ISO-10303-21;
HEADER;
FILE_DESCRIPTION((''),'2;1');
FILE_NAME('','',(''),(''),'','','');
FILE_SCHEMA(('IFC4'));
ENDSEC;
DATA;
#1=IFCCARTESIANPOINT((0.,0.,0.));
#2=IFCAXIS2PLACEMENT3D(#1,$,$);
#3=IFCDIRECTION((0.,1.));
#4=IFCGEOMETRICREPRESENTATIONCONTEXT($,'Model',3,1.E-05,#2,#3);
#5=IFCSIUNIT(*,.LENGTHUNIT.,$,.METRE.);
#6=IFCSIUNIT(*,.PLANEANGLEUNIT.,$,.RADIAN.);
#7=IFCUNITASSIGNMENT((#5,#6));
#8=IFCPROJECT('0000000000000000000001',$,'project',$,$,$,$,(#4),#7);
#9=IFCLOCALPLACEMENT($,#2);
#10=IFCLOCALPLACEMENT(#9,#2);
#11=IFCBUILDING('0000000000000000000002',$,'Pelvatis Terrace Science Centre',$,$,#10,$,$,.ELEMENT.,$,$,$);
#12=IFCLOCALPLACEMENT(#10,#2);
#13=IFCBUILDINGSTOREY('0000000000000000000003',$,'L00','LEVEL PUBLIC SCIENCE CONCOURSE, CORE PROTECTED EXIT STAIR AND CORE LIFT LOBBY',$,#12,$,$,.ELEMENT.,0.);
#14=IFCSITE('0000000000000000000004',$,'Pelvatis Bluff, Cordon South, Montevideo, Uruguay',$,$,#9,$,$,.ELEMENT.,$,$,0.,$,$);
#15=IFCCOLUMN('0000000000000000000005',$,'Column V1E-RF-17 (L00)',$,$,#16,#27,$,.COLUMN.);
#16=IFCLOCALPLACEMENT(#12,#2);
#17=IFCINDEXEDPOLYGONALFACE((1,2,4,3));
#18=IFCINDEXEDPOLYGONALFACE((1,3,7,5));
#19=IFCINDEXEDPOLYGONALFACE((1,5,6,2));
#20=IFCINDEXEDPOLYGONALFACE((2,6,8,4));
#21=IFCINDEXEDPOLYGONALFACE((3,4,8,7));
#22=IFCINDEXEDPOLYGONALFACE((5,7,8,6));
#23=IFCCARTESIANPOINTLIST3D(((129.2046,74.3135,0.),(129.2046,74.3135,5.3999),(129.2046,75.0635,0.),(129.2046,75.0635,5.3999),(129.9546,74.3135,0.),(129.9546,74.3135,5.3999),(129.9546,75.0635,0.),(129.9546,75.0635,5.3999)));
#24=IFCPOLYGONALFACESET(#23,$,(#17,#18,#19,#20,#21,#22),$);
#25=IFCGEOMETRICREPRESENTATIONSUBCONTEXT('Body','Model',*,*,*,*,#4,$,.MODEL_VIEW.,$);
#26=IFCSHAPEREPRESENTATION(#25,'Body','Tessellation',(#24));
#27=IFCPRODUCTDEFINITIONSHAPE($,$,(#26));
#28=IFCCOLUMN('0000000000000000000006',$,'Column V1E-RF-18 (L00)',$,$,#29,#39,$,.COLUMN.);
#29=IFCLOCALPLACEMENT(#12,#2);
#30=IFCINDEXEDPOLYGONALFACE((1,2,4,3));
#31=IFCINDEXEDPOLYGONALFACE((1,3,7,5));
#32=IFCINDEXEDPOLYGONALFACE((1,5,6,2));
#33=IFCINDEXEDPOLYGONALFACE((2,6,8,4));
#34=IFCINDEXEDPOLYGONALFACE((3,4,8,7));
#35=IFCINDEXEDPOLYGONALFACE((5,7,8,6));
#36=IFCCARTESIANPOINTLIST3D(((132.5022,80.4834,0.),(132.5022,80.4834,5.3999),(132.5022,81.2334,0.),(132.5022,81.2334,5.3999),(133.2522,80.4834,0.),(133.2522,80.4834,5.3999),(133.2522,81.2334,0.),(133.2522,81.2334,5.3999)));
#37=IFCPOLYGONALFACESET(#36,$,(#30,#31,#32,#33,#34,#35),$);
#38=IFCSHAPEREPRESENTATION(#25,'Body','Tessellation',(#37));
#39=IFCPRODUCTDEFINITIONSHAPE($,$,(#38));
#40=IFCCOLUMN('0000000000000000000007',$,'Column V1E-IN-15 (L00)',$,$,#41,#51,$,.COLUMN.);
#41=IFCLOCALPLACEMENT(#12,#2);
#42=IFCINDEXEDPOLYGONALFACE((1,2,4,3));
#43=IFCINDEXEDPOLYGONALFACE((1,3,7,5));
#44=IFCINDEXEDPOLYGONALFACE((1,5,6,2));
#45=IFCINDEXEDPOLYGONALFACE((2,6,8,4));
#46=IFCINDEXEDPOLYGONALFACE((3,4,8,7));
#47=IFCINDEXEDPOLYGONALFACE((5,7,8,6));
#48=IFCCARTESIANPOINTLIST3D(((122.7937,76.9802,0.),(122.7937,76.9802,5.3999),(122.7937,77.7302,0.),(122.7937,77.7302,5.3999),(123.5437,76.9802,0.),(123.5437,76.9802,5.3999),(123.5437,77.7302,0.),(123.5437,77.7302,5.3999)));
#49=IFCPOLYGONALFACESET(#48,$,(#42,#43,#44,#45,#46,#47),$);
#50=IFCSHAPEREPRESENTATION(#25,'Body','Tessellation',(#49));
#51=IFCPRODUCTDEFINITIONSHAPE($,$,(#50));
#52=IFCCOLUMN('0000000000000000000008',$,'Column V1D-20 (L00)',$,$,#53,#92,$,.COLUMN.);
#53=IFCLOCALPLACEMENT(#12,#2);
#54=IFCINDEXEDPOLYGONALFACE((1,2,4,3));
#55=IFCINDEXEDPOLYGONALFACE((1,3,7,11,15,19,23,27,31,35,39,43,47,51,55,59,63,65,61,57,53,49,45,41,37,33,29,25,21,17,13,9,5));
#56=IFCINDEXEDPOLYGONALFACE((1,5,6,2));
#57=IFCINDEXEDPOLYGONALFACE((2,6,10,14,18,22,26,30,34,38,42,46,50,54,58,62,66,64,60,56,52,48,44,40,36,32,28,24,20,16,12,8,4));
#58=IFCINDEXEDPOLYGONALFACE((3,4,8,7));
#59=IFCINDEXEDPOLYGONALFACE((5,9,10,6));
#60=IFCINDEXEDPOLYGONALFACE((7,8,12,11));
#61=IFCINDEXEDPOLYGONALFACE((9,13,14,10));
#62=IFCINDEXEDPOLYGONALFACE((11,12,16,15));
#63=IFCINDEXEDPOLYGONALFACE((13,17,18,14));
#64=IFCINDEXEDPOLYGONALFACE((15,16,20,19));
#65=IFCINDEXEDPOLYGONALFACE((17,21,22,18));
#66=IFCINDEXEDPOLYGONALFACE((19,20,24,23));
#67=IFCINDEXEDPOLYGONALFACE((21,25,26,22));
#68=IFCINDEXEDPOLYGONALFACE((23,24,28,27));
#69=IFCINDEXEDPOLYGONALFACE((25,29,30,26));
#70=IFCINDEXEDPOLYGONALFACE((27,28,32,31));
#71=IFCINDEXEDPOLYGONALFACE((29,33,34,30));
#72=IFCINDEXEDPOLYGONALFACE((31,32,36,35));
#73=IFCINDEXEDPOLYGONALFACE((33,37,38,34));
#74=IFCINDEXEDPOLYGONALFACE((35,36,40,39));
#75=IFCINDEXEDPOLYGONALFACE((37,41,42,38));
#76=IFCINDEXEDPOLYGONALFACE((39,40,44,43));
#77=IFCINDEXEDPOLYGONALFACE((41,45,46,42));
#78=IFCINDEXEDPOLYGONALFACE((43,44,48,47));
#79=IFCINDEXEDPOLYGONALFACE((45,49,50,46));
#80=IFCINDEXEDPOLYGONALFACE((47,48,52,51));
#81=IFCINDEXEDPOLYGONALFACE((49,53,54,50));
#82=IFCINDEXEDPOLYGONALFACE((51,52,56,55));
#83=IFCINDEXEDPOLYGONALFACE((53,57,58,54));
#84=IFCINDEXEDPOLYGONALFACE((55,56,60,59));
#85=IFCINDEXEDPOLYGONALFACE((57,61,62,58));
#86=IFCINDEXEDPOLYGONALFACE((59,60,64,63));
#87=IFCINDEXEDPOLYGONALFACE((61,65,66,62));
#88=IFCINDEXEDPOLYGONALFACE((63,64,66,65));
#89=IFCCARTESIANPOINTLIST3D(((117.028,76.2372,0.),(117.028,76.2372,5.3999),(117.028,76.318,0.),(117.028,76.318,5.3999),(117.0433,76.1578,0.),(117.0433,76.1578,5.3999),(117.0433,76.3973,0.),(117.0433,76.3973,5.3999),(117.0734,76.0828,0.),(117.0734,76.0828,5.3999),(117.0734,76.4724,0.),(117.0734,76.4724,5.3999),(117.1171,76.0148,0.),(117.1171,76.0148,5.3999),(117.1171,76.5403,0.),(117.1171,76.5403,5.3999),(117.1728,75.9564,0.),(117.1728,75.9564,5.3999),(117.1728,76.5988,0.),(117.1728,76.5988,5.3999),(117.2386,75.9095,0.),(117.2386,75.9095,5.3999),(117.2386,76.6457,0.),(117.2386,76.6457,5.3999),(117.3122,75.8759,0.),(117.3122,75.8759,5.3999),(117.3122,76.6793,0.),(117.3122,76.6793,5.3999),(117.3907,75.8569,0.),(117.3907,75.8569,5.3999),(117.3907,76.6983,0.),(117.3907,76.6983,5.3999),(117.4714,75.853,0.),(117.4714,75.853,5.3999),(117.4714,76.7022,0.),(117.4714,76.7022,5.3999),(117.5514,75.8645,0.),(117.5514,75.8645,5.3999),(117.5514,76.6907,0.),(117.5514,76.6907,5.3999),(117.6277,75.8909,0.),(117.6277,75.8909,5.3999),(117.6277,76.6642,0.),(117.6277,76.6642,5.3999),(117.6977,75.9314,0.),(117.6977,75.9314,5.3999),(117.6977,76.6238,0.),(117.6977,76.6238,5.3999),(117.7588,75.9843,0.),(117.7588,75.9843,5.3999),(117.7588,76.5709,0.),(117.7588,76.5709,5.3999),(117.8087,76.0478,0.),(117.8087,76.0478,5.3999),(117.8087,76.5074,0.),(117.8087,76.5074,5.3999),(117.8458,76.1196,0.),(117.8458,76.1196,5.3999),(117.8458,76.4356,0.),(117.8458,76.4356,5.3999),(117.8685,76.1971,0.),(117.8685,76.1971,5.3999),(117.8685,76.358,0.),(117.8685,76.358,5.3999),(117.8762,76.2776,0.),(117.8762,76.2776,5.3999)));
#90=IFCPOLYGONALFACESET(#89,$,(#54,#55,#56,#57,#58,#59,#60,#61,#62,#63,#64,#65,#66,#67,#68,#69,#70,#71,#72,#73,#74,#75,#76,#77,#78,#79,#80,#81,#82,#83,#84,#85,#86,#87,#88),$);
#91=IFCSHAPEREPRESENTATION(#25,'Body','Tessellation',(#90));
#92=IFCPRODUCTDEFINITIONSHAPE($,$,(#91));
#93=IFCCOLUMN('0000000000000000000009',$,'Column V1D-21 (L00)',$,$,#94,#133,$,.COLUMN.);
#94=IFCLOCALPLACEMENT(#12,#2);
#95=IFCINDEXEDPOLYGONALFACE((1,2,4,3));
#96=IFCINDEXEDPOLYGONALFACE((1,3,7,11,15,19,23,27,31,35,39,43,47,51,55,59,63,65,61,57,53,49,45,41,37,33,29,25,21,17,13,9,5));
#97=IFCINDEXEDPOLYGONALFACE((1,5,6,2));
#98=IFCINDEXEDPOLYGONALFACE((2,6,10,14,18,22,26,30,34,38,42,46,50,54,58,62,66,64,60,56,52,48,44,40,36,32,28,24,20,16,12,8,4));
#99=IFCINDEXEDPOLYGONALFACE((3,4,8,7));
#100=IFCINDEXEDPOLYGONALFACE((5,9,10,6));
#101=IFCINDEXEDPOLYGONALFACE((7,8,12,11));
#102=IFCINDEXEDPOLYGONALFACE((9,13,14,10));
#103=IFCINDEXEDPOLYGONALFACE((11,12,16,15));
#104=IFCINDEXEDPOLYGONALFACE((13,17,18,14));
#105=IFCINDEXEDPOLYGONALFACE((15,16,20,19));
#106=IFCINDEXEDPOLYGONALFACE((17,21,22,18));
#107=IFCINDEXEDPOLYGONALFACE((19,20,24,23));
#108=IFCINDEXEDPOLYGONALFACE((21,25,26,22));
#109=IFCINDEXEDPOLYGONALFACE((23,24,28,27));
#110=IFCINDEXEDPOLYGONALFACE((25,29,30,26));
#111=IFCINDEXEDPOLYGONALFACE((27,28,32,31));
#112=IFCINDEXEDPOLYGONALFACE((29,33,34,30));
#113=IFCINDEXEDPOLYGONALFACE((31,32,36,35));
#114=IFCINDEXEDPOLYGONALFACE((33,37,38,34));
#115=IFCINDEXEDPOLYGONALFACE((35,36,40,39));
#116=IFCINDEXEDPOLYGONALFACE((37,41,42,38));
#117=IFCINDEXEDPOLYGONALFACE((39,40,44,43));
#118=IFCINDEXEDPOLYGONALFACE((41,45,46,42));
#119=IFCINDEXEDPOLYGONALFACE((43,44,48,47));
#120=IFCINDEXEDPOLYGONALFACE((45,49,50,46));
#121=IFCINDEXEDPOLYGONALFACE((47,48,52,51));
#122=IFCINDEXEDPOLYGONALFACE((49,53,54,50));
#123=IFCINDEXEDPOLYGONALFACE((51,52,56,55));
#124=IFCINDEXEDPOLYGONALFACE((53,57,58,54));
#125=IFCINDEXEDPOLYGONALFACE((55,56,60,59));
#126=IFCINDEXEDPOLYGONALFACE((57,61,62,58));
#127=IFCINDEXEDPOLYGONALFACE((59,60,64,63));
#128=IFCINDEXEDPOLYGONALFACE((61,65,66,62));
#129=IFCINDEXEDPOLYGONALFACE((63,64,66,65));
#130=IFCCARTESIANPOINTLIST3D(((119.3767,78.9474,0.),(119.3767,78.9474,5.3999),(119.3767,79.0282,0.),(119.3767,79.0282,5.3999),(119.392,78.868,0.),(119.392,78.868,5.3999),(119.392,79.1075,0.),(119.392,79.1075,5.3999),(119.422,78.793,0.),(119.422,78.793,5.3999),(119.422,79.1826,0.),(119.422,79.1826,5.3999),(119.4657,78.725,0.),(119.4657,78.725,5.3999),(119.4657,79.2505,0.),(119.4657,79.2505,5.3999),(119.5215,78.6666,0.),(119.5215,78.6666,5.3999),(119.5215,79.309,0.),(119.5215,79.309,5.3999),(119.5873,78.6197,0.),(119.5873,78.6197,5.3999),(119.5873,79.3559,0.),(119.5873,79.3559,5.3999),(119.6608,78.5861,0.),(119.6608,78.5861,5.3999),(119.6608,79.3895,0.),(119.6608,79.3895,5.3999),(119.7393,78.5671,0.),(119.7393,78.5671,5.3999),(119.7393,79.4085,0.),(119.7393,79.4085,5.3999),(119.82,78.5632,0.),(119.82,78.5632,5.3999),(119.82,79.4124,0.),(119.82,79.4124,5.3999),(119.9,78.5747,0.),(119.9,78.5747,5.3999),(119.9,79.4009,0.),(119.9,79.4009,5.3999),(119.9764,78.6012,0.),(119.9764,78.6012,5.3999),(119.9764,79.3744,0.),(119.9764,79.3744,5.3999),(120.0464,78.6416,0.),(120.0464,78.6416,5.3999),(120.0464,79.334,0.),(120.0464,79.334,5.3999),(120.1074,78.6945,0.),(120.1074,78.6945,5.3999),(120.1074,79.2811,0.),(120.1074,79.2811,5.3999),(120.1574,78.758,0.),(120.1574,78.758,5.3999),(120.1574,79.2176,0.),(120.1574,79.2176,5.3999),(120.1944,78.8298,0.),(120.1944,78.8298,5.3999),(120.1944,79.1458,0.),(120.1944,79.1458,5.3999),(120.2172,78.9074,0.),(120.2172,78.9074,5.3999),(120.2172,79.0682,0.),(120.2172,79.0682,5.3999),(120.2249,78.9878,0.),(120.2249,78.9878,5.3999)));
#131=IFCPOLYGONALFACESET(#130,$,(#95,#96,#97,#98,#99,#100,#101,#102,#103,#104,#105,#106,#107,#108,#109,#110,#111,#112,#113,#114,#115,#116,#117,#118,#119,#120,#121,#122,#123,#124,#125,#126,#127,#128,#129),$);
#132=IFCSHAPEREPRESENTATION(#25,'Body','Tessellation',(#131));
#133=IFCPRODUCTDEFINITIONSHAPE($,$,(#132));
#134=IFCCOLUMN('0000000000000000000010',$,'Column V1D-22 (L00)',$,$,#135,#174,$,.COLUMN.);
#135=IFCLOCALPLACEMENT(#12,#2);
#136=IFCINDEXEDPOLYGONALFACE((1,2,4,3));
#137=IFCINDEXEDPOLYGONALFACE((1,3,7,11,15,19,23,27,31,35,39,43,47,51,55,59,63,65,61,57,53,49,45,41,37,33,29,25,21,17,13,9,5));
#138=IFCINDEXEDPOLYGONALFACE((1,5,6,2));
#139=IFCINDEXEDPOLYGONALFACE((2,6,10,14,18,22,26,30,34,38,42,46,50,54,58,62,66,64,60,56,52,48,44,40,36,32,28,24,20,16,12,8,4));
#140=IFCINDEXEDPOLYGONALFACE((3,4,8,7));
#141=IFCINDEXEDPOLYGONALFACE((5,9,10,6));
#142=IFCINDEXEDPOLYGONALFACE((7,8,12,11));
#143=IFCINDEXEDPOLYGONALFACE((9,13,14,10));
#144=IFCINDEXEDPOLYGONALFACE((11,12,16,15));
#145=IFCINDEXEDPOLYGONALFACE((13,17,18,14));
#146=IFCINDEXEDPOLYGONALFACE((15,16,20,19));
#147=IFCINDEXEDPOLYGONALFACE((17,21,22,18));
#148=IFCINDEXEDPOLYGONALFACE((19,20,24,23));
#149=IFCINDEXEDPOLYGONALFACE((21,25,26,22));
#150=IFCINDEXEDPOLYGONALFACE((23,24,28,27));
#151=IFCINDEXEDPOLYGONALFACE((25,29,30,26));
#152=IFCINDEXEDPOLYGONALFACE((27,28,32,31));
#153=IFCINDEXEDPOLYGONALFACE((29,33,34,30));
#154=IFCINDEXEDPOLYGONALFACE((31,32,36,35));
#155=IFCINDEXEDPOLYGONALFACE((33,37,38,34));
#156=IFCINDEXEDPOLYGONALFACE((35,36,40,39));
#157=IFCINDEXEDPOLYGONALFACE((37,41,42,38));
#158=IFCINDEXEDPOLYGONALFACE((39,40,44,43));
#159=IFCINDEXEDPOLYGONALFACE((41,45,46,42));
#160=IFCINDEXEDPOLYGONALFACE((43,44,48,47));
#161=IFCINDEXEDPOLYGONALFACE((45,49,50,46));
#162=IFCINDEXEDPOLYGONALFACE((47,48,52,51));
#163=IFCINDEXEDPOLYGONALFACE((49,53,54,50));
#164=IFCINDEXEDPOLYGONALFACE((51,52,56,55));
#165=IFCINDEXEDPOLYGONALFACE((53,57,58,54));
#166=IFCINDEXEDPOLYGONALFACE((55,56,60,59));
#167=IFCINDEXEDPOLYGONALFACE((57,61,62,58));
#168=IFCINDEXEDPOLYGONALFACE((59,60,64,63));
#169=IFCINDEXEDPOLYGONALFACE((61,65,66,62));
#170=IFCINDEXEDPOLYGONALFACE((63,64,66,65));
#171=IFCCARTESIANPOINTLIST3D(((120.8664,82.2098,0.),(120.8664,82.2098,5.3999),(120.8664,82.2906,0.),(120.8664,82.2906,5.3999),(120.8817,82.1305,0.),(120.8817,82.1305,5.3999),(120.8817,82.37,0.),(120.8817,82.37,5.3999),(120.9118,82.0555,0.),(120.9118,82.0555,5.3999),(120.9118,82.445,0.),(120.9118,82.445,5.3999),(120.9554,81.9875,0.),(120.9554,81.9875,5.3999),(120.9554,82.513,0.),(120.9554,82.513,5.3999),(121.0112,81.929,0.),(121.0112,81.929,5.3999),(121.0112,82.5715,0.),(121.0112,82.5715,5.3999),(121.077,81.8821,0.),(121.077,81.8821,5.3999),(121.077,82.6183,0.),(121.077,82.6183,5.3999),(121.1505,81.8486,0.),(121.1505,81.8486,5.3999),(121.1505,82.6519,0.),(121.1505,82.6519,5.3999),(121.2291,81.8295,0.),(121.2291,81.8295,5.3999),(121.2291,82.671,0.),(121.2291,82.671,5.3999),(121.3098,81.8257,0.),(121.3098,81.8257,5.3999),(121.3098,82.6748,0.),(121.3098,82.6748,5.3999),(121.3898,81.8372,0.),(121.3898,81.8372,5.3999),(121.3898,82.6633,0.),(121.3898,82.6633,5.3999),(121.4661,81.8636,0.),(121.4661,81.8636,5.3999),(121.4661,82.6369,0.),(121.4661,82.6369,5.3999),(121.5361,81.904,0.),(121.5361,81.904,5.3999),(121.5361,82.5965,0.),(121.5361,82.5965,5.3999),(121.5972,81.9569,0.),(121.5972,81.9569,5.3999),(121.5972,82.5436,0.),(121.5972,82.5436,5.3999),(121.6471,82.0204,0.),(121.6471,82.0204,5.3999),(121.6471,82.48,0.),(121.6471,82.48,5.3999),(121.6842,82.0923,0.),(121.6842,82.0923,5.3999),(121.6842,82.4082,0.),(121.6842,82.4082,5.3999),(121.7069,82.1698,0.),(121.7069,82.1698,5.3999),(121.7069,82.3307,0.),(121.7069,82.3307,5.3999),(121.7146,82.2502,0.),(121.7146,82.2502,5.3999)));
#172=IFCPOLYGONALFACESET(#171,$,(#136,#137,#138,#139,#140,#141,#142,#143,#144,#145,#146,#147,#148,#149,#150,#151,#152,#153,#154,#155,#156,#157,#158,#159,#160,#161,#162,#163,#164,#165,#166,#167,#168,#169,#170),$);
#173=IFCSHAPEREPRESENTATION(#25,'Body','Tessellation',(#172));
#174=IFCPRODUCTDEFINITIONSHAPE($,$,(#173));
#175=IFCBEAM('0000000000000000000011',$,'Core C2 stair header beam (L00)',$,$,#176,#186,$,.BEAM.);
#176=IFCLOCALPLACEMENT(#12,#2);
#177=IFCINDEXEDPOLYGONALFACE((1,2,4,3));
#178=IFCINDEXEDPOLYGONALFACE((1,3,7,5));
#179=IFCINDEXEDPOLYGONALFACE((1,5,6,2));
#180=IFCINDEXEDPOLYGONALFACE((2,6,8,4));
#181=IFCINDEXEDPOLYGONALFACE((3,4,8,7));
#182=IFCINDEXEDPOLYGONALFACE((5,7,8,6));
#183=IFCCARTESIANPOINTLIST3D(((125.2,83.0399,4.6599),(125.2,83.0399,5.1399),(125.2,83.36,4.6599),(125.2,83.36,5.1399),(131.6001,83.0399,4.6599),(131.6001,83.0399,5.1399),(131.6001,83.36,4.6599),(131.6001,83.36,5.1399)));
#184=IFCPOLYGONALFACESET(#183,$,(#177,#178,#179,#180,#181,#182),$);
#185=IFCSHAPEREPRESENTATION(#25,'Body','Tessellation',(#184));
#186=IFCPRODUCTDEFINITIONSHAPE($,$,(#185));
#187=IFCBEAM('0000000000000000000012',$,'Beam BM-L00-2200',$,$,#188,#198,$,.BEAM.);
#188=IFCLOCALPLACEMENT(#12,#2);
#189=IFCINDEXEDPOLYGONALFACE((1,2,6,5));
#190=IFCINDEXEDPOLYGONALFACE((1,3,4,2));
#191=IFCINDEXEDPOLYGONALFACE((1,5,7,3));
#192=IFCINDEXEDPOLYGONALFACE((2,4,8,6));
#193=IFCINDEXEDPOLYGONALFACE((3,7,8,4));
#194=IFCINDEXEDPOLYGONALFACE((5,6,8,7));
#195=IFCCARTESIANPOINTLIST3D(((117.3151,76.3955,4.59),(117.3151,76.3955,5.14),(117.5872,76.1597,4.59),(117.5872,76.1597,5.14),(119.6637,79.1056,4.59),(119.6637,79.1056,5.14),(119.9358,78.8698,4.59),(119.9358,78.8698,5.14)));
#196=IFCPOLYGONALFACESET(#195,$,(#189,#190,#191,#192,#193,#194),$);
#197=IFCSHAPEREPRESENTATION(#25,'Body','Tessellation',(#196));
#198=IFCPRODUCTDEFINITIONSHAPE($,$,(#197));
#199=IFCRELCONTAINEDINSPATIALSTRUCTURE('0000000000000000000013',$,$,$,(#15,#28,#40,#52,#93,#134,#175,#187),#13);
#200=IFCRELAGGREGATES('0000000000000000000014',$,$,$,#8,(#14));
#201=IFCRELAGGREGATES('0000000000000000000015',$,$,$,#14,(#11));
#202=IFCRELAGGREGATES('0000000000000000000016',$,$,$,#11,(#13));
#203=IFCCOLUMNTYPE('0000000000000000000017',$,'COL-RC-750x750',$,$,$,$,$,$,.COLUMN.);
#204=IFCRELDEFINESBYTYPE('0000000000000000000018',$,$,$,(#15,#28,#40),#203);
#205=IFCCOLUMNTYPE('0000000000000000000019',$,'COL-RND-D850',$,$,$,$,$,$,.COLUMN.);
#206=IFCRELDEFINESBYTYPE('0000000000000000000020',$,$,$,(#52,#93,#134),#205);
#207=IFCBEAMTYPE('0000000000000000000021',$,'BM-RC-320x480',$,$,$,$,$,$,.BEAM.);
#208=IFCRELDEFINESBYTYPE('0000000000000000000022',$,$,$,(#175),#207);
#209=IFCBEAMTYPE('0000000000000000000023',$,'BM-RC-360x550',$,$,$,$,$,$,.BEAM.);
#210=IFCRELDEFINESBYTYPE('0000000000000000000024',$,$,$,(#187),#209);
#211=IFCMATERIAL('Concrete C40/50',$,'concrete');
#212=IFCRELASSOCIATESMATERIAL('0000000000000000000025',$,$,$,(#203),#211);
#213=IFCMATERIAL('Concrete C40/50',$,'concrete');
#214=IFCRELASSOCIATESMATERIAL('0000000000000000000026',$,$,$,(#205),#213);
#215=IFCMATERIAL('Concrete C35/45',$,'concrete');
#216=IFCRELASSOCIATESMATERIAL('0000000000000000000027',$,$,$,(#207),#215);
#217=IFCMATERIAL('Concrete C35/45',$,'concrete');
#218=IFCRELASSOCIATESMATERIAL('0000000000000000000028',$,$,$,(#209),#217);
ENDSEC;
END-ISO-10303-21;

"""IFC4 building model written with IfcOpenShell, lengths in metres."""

from ifc_helpers import new_model, si_unit, direction, frame, origin, origin_2d, place, context, subcontext, project, spatial, rectangle, circle, extrude, material, material_profile, profile_set, type_object, element, save


model = new_model("IFC4")

# Units and contexts
model_context = context("Model", 3, precision=1e-05, world=origin(), true_north=direction((0.0, 1.0)))
body_context = subcontext(model_context, "Body", "Model", "MODEL_VIEW")
ifc_project = project(units=[si_unit("LENGTHUNIT", "METRE"), si_unit("PLANEANGLEUNIT", "RADIAN")], contexts=[model_context])

# Site, building, storey
site_placement = place(None, origin())
site = spatial("IfcSite", under=ifc_project, at=site_placement, Name="Pelvatis Bluff, Cordon South, Montevideo, Uruguay", CompositionType="ELEMENT", RefElevation=0.0)
building_placement = place(site_placement, origin())
building = spatial("IfcBuilding", under=site, at=building_placement, Name="Pelvatis Terrace Science Centre", CompositionType="ELEMENT")
storey_placement = place(building_placement, origin())
storey = spatial("IfcBuildingStorey", under=building, at=storey_placement, Name="L00", Description="LEVEL PUBLIC SCIENCE CONCOURSE, CORE PROTECTED EXIT STAIR AND CORE LIFT LOBBY", CompositionType="ELEMENT", Elevation=0.0)

# Columns
ifc_material_1 = material(Name="Concrete C40/50", Category="concrete")
ifc_material_profile_1 = material_profile(ifc_material_1, rectangle(XDim=0.75, YDim=0.75, at=origin_2d()), Name="RC-COL 750x750")
ifc_profile_set_1 = profile_set([ifc_material_profile_1], Name="Concrete C40/50")
column_type_1 = type_object("IfcColumnType", Name="COL-RC-750x750", PredefinedType="COLUMN", material=ifc_profile_set_1)
for number, where, z_axis, x_axis, name in (
    (1, (129.5796, 74.6885, 0.0), (0.0, 0.0, 1.0), (1.0, 0.0, 0.0), "Column V1E-RF-17 (L00)"),
    (2, (132.8772, 80.8584, 0.0), (0.0, 0.0, 1.0), (1.0, 0.0, 0.0), "Column V1E-RF-18 (L00)"),
    (3, (123.1687, 77.3552, 0.0), (0.0, 0.0, 1.0), (1.0, 0.0, 0.0), "Column V1E-IN-15 (L00)"),
):
    element("IfcColumn", number, at=place(storey_placement, frame(where, z_axis=z_axis, x_axis=x_axis)), inside=storey, type_object=column_type_1, Name=name, PredefinedType="COLUMN", context=body_context, shape_type="SweptSolid", body=[
        extrude(rectangle(XDim=0.75, YDim=0.75, at=origin_2d()), origin(), (0.0, 0.0, 1.0), 5.3999),
    ])
ifc_material_2 = material(Name="Concrete C40/50", Category="concrete")
ifc_material_profile_2 = material_profile(ifc_material_2, circle(Radius=0.425, at=origin_2d()), Name="RC-RCOL D850")
ifc_profile_set_2 = profile_set([ifc_material_profile_2], Name="Concrete C40/50")
column_type_2 = type_object("IfcColumnType", Name="COL-RND-D850", PredefinedType="COLUMN", material=ifc_profile_set_2)
for number, where, z_axis, x_axis, name in (
    (4, (117.4512, 76.2776, 0.0), (0.0, 0.0, 1.0), (1.0, 0.0, 0.0), "Column V1D-20 (L00)"),
    (5, (119.7998, 78.9878, 0.0), (0.0, 0.0, 1.0), (1.0, 0.0, 0.0), "Column V1D-21 (L00)"),
    (6, (121.2896, 82.2502, 0.0), (0.0, 0.0, 1.0), (1.0, 0.0, 0.0), "Column V1D-22 (L00)"),
):
    element("IfcColumn", number, at=place(storey_placement, frame(where, z_axis=z_axis, x_axis=x_axis)), inside=storey, type_object=column_type_2, Name=name, PredefinedType="COLUMN", context=body_context, shape_type="SweptSolid", body=[
        extrude(circle(Radius=0.425, at=origin_2d()), origin(), (0.0, 0.0, 1.0), 5.3999),
    ])

# Beams
ifc_material_3 = material(Name="Concrete C35/45", Category="concrete")
ifc_material_profile_3 = material_profile(ifc_material_3, rectangle(XDim=0.3201, YDim=0.48, at=origin_2d()), Name="RC-BM 320x480")
ifc_profile_set_3 = profile_set([ifc_material_profile_3], Name="Concrete C35/45")
beam_type_1 = type_object("IfcBeamType", Name="BM-RC-320x480", PredefinedType="BEAM", material=ifc_profile_set_3)
beam_1_placement = place(storey_placement, frame((125.2, 83.2, 4.8999), z_axis=(1.0, 0.0, 0.0), x_axis=(0.0, 1.0, 0.0)))
element("IfcBeam", 7, at=beam_1_placement, inside=storey, type_object=beam_type_1, Name="Core C2 stair header beam (L00)", PredefinedType="BEAM", context=body_context, shape_type="SweptSolid", body=[
    extrude(rectangle(XDim=0.3201, YDim=0.48, at=origin_2d()), origin(), (0.0, 0.0, 1.0), 6.4001),
])
ifc_material_4 = material(Name="Concrete C35/45", Category="concrete")
ifc_material_profile_4 = material_profile(ifc_material_4, rectangle(XDim=0.3601, YDim=0.55, at=origin_2d()), Name="RC-BM 360x550")
ifc_profile_set_4 = profile_set([ifc_material_profile_4], Name="Concrete C35/45")
beam_type_2 = type_object("IfcBeamType", Name="BM-RC-360x550", PredefinedType="BEAM", material=ifc_profile_set_4)
beam_2_placement = place(storey_placement, frame((117.4512, 76.2776, 4.865), z_axis=(0.654897, 0.755718, 0.0), x_axis=(-0.755718, 0.654897, 0.0)))
element("IfcBeam", 8, at=beam_2_placement, inside=storey, type_object=beam_type_2, Name="Beam BM-L00-2200", PredefinedType="BEAM", context=body_context, shape_type="SweptSolid", body=[
    extrude(rectangle(XDim=0.3601, YDim=0.55, at=origin_2d()), origin(), (0.0, 0.0, 1.0), 3.5862),
])

save(model, "model.ifc")
